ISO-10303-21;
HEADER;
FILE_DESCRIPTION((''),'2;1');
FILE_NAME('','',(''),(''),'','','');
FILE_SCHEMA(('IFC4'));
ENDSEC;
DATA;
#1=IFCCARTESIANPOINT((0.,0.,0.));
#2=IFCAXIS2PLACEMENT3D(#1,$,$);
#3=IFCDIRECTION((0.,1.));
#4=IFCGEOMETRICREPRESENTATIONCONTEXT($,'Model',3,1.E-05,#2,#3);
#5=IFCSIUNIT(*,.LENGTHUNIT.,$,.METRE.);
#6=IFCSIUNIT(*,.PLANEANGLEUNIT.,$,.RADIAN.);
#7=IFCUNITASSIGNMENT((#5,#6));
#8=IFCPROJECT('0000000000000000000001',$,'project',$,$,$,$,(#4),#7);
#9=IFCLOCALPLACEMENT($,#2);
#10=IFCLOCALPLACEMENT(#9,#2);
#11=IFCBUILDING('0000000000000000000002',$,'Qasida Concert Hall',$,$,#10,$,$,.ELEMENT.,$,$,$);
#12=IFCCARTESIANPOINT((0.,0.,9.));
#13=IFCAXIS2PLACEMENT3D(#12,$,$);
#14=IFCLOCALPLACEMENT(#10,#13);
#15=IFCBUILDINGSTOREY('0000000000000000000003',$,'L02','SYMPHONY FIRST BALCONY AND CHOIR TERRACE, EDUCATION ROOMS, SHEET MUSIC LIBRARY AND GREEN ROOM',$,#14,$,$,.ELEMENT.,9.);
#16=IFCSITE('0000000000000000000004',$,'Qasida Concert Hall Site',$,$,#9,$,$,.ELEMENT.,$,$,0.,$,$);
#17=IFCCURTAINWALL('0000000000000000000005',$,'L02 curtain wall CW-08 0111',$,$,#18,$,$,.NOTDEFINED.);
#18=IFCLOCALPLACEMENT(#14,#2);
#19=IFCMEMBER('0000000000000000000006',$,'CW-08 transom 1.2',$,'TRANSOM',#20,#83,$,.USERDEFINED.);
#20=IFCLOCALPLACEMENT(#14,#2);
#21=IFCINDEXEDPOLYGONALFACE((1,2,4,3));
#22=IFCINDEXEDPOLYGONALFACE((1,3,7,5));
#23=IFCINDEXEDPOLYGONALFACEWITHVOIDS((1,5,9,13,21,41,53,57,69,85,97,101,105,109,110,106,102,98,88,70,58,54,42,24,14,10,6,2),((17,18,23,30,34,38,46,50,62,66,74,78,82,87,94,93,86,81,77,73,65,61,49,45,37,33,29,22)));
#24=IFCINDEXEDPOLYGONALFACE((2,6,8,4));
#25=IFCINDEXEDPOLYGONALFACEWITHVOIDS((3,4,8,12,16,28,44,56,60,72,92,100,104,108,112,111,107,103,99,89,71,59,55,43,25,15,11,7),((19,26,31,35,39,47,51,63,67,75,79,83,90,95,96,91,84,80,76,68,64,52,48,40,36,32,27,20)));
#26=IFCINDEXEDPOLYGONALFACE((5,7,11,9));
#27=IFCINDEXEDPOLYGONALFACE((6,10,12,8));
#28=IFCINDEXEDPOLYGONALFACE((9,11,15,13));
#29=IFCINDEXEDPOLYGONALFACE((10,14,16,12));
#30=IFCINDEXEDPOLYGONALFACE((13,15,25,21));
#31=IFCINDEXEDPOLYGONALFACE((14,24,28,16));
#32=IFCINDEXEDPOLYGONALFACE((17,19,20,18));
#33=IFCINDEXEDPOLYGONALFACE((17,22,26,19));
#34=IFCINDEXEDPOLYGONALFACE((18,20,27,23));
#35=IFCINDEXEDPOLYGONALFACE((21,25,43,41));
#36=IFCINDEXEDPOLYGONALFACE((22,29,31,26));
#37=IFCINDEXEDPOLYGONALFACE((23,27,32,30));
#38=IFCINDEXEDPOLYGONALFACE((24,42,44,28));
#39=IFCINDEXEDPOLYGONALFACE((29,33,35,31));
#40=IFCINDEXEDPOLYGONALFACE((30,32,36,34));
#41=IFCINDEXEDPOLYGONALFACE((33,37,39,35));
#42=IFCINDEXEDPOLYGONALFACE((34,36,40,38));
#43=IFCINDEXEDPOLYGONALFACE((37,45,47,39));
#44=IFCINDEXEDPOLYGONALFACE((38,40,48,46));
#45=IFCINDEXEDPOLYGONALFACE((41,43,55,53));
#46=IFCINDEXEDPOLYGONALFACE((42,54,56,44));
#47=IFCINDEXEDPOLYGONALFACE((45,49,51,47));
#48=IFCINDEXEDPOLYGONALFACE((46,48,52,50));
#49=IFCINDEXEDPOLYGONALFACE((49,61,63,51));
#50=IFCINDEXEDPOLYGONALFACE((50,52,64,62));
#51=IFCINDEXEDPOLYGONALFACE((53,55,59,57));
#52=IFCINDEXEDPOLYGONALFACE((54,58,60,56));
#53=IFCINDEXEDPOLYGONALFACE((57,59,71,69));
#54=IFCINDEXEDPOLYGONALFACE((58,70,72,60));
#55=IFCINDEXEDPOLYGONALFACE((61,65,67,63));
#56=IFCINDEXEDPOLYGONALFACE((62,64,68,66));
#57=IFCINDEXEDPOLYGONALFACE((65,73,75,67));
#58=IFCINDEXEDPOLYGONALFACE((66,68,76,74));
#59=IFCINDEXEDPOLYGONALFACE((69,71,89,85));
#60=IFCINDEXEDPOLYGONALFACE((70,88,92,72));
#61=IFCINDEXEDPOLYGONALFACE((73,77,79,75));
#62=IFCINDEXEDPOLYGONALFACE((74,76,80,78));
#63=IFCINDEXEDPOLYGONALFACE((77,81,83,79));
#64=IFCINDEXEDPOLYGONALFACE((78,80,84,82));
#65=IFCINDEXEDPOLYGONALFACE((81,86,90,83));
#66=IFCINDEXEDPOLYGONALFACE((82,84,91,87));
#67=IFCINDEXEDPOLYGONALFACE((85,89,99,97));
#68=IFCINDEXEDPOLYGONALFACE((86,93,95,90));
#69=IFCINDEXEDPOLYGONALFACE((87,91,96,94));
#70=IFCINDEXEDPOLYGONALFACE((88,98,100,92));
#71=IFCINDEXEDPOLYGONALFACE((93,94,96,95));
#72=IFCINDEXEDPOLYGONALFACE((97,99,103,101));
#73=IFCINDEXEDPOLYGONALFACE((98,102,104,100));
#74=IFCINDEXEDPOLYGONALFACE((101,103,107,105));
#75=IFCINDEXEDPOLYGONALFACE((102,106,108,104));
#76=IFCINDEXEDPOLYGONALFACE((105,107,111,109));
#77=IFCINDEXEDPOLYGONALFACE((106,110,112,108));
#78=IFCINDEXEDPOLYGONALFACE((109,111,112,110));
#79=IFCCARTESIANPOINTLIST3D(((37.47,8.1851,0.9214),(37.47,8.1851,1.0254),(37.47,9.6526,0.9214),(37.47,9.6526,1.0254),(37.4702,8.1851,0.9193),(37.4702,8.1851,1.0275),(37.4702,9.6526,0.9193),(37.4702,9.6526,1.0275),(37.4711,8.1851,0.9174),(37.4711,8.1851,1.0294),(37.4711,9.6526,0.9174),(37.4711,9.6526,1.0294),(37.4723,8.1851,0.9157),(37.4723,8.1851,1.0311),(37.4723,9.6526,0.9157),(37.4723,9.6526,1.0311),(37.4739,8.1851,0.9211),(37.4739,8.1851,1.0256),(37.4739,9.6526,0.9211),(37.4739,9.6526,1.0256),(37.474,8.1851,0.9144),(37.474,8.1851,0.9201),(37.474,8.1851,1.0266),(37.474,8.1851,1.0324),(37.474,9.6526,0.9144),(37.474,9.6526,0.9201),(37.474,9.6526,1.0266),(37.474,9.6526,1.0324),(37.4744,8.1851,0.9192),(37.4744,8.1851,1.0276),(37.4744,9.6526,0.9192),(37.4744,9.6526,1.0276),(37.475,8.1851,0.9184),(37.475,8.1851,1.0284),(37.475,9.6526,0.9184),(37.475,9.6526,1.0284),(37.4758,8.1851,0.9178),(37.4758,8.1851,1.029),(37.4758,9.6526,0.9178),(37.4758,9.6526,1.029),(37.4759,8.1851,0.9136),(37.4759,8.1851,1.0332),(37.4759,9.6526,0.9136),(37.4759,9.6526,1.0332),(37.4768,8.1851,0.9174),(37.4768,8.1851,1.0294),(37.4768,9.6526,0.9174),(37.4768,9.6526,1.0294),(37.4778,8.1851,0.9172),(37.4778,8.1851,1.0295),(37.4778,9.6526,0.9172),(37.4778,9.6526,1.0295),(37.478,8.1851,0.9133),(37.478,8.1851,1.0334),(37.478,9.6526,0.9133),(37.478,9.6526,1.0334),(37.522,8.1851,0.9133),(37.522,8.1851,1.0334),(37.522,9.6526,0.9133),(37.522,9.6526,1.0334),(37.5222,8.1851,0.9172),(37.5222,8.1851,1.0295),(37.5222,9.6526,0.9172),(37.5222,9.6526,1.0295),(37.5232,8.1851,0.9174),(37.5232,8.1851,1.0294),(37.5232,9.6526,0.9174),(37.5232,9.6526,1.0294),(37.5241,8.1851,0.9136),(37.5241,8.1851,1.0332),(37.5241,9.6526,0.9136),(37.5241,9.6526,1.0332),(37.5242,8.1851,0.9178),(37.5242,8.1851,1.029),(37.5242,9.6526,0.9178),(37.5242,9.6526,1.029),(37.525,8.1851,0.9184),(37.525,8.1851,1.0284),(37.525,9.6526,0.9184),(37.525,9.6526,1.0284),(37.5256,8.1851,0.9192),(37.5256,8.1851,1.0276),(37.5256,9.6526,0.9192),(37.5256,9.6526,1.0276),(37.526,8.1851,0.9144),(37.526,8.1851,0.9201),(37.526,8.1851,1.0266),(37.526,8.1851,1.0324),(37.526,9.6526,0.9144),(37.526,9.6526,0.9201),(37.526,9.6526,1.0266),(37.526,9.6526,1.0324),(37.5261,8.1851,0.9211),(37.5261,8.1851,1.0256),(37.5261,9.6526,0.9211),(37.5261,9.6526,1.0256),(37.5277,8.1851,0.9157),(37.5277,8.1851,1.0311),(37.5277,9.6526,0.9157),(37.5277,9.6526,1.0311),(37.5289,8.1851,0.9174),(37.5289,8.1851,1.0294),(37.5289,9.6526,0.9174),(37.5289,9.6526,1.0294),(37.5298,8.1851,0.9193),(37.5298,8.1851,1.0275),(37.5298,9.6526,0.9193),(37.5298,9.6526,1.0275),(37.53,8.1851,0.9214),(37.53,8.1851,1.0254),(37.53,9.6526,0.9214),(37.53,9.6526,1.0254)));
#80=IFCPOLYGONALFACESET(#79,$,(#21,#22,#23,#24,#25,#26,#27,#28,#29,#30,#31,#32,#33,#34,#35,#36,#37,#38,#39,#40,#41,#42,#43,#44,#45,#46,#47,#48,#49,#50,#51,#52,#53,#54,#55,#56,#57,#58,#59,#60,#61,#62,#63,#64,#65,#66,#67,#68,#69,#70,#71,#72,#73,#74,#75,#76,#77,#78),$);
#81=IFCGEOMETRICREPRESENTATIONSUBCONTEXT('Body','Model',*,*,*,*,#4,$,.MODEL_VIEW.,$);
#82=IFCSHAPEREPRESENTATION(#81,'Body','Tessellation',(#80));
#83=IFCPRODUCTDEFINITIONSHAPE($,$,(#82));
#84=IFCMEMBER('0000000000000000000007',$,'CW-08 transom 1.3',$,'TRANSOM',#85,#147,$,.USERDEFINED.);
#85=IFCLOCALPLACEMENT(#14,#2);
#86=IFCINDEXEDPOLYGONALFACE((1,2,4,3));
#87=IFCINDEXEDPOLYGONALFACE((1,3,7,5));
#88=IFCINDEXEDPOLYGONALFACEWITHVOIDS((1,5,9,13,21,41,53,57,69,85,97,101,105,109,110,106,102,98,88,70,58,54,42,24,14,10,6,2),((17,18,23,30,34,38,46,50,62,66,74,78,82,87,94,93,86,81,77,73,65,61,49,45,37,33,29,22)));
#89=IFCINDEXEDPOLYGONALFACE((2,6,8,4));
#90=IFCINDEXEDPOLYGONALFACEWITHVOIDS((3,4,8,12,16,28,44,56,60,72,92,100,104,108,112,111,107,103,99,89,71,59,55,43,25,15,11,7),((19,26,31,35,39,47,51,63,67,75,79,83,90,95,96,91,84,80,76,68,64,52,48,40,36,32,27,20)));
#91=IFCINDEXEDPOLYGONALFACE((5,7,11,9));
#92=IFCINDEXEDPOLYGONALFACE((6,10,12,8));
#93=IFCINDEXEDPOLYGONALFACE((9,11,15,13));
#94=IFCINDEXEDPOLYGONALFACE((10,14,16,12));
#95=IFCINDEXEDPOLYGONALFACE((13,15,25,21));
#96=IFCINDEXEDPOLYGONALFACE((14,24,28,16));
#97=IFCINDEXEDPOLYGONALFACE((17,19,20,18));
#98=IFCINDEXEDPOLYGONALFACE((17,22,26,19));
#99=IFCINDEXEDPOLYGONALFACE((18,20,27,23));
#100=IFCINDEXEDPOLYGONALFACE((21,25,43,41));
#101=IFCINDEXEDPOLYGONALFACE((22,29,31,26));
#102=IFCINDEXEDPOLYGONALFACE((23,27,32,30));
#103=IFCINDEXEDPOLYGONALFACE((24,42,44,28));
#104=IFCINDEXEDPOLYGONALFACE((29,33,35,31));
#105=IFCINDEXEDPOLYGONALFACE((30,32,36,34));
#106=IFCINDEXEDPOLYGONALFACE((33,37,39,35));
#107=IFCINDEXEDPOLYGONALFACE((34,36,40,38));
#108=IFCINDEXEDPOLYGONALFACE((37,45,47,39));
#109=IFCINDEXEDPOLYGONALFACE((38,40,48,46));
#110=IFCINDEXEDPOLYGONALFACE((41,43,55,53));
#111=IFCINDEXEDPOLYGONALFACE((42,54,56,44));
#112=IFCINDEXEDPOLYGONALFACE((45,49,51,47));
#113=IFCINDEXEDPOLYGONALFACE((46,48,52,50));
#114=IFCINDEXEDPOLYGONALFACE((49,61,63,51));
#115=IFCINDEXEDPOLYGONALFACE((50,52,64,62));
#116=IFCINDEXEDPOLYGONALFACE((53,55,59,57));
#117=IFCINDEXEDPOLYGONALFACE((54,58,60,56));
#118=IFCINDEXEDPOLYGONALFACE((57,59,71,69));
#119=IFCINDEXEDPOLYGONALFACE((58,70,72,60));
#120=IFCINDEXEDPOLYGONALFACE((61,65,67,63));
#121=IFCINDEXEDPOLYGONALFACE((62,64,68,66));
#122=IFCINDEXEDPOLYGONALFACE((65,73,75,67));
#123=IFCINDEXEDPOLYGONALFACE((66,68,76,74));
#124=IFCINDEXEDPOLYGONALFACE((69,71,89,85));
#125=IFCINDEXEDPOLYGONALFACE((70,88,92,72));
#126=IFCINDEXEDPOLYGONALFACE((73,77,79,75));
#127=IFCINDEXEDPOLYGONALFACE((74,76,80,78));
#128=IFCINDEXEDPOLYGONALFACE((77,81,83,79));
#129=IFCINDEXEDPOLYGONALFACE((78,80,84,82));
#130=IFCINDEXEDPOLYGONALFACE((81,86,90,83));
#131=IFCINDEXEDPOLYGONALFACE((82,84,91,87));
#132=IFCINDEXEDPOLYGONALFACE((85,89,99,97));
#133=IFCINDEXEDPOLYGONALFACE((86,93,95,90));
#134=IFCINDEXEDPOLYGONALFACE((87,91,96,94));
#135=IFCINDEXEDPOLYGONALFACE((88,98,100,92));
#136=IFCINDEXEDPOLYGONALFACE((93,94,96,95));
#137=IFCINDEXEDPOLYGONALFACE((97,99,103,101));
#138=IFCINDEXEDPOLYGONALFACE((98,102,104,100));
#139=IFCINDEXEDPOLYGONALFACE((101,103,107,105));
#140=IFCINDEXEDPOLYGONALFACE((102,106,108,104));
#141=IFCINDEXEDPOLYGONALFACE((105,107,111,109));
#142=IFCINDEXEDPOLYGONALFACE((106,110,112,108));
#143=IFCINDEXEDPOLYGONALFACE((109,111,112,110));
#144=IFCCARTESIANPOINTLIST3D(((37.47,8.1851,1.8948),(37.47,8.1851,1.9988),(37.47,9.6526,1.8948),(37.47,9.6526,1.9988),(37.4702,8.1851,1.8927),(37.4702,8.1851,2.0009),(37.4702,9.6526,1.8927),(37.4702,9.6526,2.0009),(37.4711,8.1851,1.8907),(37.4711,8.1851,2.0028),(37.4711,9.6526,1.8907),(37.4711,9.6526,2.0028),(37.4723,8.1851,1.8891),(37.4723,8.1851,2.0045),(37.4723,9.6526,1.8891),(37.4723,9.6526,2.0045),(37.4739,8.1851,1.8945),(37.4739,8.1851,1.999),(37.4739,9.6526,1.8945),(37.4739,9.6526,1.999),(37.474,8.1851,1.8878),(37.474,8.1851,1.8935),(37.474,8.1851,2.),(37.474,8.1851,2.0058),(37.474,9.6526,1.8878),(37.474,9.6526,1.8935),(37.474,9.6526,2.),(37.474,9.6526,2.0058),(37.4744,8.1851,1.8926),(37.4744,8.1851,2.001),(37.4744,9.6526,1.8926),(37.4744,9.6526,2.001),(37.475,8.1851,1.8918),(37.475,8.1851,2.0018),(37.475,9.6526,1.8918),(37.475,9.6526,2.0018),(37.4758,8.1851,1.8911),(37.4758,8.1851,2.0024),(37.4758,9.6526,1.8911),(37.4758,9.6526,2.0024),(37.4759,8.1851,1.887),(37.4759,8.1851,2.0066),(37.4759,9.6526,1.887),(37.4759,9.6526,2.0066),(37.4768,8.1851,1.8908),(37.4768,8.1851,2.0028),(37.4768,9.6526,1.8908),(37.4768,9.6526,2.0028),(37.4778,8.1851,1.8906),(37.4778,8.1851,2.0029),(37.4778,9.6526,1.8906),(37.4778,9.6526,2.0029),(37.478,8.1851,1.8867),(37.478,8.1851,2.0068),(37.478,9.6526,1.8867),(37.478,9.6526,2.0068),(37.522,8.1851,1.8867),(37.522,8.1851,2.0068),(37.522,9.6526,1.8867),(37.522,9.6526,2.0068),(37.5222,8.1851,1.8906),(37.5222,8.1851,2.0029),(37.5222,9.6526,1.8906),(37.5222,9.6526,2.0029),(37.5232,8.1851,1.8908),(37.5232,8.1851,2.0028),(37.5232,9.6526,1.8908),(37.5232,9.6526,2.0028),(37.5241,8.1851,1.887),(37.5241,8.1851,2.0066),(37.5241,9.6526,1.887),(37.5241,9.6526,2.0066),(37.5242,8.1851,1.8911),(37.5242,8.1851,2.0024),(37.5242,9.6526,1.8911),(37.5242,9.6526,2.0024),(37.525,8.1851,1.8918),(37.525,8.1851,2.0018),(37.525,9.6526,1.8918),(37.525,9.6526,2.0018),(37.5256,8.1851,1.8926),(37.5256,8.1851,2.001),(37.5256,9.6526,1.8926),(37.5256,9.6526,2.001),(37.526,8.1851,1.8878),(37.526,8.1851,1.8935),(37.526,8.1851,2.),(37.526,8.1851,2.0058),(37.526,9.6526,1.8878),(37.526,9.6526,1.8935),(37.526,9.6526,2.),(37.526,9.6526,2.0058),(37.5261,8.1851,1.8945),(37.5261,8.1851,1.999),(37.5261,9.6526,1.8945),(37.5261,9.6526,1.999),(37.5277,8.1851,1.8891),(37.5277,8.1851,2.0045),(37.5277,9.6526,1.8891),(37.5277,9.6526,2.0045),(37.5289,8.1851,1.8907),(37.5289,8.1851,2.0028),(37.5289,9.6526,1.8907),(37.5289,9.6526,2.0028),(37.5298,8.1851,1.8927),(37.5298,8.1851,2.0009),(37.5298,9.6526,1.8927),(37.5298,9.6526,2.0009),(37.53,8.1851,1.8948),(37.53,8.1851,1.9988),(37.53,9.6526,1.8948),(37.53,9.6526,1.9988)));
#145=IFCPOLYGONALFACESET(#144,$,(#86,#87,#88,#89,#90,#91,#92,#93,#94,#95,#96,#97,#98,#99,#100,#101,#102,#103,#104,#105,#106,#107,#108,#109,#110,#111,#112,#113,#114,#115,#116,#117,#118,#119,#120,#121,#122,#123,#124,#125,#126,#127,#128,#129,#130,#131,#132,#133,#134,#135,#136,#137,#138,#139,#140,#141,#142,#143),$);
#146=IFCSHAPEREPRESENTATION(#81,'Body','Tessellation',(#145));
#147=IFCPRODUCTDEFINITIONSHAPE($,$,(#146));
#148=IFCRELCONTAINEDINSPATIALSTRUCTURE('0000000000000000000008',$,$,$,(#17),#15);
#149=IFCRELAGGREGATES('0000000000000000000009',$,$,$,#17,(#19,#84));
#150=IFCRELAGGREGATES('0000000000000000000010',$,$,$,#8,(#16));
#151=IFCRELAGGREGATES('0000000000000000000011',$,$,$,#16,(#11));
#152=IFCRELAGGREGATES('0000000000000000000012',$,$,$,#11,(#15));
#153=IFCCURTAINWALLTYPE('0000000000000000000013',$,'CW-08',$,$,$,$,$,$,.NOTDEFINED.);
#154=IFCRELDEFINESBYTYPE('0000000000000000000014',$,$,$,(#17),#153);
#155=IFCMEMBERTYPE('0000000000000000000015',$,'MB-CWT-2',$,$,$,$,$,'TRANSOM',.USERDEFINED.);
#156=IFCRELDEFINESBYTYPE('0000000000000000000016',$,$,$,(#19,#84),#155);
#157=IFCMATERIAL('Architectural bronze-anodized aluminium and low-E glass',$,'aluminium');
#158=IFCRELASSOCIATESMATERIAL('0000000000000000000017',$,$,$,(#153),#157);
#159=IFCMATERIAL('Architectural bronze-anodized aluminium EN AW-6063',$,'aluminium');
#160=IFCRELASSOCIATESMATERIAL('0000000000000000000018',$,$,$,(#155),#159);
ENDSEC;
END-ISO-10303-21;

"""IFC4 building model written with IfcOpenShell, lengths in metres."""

from ifc_helpers import new_model, si_unit, direction, frame, origin, origin_2d, place, context, subcontext, project, spatial, hollow_rectangle, extrude, material, material_profile, profile_set, type_object, element, aggregate, save


model = new_model("IFC4")

# Units and contexts
model_context = context("Model", 3, precision=1e-05, world=origin(), true_north=direction((0.0, 1.0)))
body_context = subcontext(model_context, "Body", "Model", "MODEL_VIEW")
ifc_project = project(units=[si_unit("LENGTHUNIT", "METRE"), si_unit("PLANEANGLEUNIT", "RADIAN")], contexts=[model_context])

# Site, building, storey
site_placement = place(None, origin())
site = spatial("IfcSite", under=ifc_project, at=site_placement, Name="Qasida Concert Hall Site", CompositionType="ELEMENT", RefElevation=0.0)
building_placement = place(site_placement, origin())
building = spatial("IfcBuilding", under=site, at=building_placement, Name="Qasida Concert Hall", CompositionType="ELEMENT")
storey_placement = place(building_placement, frame((0.0, 0.0, 9.0)))
storey = spatial("IfcBuildingStorey", under=building, at=storey_placement, Name="L02", Description="SYMPHONY FIRST BALCONY AND CHOIR TERRACE, EDUCATION ROOMS, SHEET MUSIC LIBRARY AND GREEN ROOM", CompositionType="ELEMENT", Elevation=9.0)

# Curtain wall, members
ifc_material_1 = material(Name="Architectural bronze-anodized aluminium and low-E glass", Category="aluminium")
curtain_wall_type = type_object("IfcCurtainWallType", Name="CW-08", PredefinedType="NOTDEFINED", material=ifc_material_1)
curtain_wall_placement = place(storey_placement, origin())
curtain_wall = element("IfcCurtainWall", 1, at=curtain_wall_placement, inside=storey, type_object=curtain_wall_type, Name="L02 curtain wall CW-08 0111", PredefinedType="NOTDEFINED")
ifc_material_2 = material(Name="Architectural bronze-anodized aluminium EN AW-6063", Category="aluminium")
ifc_material_profile_1 = material_profile(ifc_material_2, hollow_rectangle(XDim=0.0601, YDim=0.1201, WallThickness=0.0039, InnerFilletRadius=0.0039, OuterFilletRadius=0.0081, at=origin_2d()), Name="CWT 120x60x4")
ifc_profile_set_1 = profile_set([ifc_material_profile_1], Name="Architectural bronze-anodized aluminium EN AW-6063")
member_type_1 = type_object("IfcMemberType", Name="MB-CWT-2", ElementType="TRANSOM", PredefinedType="USERDEFINED", material=ifc_profile_set_1)
member_1_placement = place(storey_placement, frame((37.5, 8.1851, 0.9734), z_axis=(0.0, 1.0, 0.0), x_axis=(-1.0, 0.0, 0.0)))
member_1 = element("IfcMember", 2, at=member_1_placement, type_object=member_type_1, Name="CW-08 transom 1.2", ObjectType="TRANSOM", PredefinedType="USERDEFINED", context=body_context, shape_type="SweptSolid", body=[
    extrude(hollow_rectangle(XDim=0.0601, YDim=0.1201, WallThickness=0.0039, InnerFilletRadius=0.0039, OuterFilletRadius=0.0081, at=origin_2d()), origin(), (0.0, 0.0, 1.0), 1.4675),
])
member_2_placement = place(storey_placement, frame((37.5, 8.1851, 1.9468), z_axis=(0.0, 1.0, 0.0), x_axis=(-1.0, 0.0, 0.0)))
member_2 = element("IfcMember", 3, at=member_2_placement, type_object=member_type_1, Name="CW-08 transom 1.3", ObjectType="TRANSOM", PredefinedType="USERDEFINED", context=body_context, shape_type="SweptSolid", body=[
    extrude(hollow_rectangle(XDim=0.0601, YDim=0.1201, WallThickness=0.0039, InnerFilletRadius=0.0039, OuterFilletRadius=0.0081, at=origin_2d()), origin(), (0.0, 0.0, 1.0), 1.4675),
])
aggregate(curtain_wall, [member_1, member_2])

save(model, "model.ifc")
